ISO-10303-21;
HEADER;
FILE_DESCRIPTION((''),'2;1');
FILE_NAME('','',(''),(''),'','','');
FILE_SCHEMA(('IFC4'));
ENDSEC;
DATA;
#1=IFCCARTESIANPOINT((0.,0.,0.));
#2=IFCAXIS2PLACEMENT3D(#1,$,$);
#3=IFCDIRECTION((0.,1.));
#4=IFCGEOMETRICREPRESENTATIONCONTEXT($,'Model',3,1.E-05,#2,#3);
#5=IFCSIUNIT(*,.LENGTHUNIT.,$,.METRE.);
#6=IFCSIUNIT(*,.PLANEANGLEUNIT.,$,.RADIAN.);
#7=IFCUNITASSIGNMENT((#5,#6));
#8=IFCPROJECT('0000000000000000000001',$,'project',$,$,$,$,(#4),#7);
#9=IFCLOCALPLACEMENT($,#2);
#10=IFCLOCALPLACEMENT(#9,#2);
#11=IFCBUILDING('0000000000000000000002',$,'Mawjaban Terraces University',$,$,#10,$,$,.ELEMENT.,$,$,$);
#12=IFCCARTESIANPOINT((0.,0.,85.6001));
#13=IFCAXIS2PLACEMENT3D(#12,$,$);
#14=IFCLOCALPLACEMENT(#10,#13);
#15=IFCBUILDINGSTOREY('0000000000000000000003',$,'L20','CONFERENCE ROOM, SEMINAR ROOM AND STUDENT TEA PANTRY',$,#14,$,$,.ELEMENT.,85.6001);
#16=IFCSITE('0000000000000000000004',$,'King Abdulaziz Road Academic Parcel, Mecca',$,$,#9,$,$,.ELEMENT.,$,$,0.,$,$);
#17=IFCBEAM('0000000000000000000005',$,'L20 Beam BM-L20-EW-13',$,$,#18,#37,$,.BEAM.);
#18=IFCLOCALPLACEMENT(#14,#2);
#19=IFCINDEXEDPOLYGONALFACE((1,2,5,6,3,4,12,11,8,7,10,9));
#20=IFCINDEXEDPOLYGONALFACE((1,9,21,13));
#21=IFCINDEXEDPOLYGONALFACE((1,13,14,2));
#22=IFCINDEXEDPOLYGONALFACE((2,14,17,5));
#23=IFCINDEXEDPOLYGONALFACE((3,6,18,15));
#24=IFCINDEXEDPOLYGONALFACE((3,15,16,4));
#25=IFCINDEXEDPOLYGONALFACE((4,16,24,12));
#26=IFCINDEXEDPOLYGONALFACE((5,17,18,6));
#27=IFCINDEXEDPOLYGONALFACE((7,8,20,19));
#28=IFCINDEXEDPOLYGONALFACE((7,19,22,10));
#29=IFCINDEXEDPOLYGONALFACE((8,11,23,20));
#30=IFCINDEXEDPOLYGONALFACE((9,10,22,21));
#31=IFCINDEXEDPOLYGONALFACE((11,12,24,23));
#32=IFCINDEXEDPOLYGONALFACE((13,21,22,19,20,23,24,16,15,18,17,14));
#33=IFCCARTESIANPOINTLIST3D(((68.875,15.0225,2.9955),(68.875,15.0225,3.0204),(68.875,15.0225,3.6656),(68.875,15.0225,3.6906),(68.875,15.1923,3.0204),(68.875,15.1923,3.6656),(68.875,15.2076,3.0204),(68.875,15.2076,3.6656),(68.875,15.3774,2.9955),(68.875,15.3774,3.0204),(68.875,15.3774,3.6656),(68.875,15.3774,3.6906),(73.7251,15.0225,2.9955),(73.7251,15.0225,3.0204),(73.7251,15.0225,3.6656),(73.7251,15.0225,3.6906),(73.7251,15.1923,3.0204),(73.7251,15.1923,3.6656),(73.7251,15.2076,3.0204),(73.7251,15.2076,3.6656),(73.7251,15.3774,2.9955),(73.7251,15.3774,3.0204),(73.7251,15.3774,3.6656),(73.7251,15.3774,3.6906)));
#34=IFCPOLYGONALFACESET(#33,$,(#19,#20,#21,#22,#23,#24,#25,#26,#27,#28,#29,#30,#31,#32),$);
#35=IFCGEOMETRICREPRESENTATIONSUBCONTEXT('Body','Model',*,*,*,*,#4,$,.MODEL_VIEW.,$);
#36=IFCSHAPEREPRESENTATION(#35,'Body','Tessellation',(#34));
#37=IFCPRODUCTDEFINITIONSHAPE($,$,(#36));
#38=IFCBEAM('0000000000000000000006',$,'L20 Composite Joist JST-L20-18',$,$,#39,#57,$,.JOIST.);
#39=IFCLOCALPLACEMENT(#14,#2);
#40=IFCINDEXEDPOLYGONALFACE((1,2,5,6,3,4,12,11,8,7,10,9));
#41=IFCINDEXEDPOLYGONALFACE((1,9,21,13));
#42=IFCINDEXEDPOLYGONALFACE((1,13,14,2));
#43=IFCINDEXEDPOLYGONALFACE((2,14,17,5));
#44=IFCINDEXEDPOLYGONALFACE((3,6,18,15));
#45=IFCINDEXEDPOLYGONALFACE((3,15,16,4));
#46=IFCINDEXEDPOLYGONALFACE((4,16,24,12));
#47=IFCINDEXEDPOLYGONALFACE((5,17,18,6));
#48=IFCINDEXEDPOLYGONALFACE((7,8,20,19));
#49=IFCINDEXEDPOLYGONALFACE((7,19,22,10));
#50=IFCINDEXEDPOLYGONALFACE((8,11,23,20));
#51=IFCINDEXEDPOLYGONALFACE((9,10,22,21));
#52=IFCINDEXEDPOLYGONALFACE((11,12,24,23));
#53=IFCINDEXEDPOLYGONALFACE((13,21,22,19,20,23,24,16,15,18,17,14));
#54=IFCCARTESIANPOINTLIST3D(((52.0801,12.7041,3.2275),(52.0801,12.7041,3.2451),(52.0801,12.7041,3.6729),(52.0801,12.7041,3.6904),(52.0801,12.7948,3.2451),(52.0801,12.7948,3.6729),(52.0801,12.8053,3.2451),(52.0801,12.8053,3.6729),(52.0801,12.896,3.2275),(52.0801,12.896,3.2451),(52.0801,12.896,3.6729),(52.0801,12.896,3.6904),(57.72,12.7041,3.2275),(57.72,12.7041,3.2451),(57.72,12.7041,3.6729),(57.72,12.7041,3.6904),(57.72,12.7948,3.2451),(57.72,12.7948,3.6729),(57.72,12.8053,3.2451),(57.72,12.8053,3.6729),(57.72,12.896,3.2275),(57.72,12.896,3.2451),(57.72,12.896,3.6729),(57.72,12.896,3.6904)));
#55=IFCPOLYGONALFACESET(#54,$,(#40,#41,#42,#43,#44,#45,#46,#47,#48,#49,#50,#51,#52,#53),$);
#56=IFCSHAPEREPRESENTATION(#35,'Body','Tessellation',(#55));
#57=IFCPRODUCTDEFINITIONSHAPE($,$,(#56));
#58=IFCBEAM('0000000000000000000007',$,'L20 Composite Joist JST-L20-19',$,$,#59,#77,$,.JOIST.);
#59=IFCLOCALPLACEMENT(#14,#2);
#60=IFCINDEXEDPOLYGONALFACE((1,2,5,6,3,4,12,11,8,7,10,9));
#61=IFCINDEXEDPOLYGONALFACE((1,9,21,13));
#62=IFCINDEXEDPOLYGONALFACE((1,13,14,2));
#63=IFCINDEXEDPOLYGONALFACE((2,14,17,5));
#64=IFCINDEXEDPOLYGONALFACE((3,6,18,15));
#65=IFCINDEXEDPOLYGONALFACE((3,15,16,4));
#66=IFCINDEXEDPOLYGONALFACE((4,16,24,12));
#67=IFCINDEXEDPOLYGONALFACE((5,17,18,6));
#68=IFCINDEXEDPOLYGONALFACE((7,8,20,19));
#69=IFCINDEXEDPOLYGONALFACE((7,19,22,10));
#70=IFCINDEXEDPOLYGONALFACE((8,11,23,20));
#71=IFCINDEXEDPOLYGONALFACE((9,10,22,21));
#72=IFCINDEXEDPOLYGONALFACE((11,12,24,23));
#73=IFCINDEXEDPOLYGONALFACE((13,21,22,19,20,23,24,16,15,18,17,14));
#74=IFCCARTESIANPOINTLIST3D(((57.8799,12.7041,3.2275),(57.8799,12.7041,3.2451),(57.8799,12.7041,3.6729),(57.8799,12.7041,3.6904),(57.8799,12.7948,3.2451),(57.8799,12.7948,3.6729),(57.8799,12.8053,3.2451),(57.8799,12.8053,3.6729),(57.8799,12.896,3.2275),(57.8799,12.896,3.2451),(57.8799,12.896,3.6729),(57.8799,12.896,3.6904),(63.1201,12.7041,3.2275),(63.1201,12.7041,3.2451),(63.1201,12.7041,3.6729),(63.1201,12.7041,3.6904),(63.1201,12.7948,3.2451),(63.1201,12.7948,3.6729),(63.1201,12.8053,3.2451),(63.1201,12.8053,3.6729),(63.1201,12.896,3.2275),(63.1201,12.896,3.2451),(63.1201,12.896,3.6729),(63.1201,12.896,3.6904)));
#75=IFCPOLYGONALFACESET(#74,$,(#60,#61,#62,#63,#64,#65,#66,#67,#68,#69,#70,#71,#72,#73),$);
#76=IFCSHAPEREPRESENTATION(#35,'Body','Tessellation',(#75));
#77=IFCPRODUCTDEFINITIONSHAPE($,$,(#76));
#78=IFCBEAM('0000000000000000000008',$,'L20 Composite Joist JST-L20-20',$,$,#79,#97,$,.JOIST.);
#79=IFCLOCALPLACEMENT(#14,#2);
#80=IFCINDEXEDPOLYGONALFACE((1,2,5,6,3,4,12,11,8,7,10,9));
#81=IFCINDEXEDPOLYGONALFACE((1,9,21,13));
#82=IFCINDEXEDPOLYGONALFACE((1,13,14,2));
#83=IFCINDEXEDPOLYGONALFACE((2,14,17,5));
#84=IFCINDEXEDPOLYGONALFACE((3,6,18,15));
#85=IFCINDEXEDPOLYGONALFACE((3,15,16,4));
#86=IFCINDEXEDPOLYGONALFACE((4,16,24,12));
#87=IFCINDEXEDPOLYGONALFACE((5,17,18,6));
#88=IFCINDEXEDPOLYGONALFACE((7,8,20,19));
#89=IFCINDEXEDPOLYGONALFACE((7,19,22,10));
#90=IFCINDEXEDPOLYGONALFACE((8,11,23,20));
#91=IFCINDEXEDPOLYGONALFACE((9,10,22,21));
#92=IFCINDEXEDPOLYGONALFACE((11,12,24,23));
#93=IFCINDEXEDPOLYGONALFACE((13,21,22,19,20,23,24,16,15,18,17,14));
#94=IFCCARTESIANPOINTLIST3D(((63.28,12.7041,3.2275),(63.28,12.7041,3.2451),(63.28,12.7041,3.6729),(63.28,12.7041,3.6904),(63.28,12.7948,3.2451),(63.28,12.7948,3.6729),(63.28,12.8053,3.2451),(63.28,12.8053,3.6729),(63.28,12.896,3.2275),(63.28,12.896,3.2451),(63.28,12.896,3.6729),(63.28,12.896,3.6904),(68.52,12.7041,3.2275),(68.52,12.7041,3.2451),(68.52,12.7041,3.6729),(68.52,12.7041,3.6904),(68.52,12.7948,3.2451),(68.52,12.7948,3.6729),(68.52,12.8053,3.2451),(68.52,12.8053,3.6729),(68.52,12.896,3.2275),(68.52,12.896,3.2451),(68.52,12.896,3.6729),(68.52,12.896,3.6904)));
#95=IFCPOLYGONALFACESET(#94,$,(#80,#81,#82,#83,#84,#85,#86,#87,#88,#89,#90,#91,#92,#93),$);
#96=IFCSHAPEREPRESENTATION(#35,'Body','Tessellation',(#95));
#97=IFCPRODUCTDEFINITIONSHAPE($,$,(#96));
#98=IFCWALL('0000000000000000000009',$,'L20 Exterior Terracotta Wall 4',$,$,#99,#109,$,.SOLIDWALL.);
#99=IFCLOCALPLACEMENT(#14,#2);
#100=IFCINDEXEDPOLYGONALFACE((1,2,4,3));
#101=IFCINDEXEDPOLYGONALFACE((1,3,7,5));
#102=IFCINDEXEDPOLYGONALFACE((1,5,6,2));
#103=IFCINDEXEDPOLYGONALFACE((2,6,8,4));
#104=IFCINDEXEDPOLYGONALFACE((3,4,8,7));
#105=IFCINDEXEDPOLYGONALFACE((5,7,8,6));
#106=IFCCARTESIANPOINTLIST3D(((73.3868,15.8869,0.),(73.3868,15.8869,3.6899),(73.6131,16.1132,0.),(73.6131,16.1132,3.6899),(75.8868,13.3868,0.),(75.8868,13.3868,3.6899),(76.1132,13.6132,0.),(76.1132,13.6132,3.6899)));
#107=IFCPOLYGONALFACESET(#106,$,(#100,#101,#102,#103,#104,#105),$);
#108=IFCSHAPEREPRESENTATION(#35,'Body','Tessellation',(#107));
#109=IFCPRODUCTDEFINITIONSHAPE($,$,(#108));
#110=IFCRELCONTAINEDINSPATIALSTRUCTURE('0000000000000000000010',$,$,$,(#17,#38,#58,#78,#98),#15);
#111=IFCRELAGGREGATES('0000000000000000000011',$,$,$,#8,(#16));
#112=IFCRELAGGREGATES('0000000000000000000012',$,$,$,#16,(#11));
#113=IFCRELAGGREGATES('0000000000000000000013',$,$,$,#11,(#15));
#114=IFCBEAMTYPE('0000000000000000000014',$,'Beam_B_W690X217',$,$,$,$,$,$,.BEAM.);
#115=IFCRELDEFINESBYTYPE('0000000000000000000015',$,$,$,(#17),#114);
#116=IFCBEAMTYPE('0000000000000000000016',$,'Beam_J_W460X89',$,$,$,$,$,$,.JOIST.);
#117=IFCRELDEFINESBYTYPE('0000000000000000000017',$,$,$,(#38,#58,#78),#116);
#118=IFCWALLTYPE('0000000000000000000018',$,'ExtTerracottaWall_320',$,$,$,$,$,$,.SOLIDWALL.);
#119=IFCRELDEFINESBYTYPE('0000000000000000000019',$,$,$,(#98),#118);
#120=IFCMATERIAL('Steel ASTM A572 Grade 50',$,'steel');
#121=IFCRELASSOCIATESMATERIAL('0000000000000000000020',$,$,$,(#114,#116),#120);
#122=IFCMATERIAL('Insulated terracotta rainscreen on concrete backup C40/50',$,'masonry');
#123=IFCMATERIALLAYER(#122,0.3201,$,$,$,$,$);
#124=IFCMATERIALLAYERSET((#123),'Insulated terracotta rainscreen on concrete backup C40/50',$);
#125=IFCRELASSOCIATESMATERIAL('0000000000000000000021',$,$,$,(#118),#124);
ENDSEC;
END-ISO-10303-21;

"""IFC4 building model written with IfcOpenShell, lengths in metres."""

from ifc_helpers import new_model, si_unit, direction, frame, frame_2d, origin, origin_2d, place, context, subcontext, project, spatial, rectangle, i_section, extrude, material, layer, layer_set, material_profile, profile_set, type_object, element, save


model = new_model("IFC4")

# Units and contexts
model_context = context("Model", 3, precision=1e-05, world=origin(), true_north=direction((0.0, 1.0)))
body_context = subcontext(model_context, "Body", "Model", "MODEL_VIEW")
ifc_project = project(units=[si_unit("LENGTHUNIT", "METRE"), si_unit("PLANEANGLEUNIT", "RADIAN")], contexts=[model_context])

# Site, building, storey
site_placement = place(None, origin())
site = spatial("IfcSite", under=ifc_project, at=site_placement, Name="King Abdulaziz Road Academic Parcel, Mecca", CompositionType="ELEMENT", RefElevation=0.0)
building_placement = place(site_placement, origin())
building = spatial("IfcBuilding", under=site, at=building_placement, Name="Mawjaban Terraces University", CompositionType="ELEMENT")
storey_placement = place(building_placement, frame((0.0, 0.0, 85.6001)))
storey = spatial("IfcBuildingStorey", under=building, at=storey_placement, Name="L20", Description="CONFERENCE ROOM, SEMINAR ROOM AND STUDENT TEA PANTRY", CompositionType="ELEMENT", Elevation=85.6001)

# Beams
ifc_material_1 = material(Name="Steel ASTM A572 Grade 50", Category="steel")
ifc_material_profile_1 = material_profile(ifc_material_1, i_section(OverallWidth=0.355, OverallDepth=0.6951, WebThickness=0.0154, FlangeThickness=0.0249, at=origin_2d()), Name="W690X217")
ifc_profile_set_1 = profile_set([ifc_material_profile_1], Name="Steel ASTM A572 Grade 50")
beam_type_1 = type_object("IfcBeamType", Name="Beam_B_W690X217", PredefinedType="BEAM", material=ifc_profile_set_1)
beam_1_placement = place(storey_placement, frame((68.875, 15.2, 3.343), z_axis=(1.0, 0.0, 0.0), x_axis=(0.0, 1.0, 0.0)))
element("IfcBeam", 1, at=beam_1_placement, inside=storey, type_object=beam_type_1, Name="L20 Beam BM-L20-EW-13", PredefinedType="BEAM", context=body_context, shape_type="SweptSolid", body=[
    extrude(i_section(OverallWidth=0.355, OverallDepth=0.6951, WebThickness=0.0154, FlangeThickness=0.0249, at=origin_2d()), origin(), (0.0, 0.0, 1.0), 4.8501),
])
ifc_material_profile_2 = material_profile(ifc_material_1, i_section(OverallWidth=0.1919, OverallDepth=0.4629, WebThickness=0.0105, FlangeThickness=0.0176, at=origin_2d()), Name="W460X89")
ifc_profile_set_2 = profile_set([ifc_material_profile_2], Name="Steel ASTM A572 Grade 50")
beam_type_2 = type_object("IfcBeamType", Name="Beam_J_W460X89", PredefinedType="JOIST", material=ifc_profile_set_2)
beam_2_placement = place(storey_placement, frame((52.0801, 12.8, 3.459), z_axis=(1.0, 0.0, 0.0), x_axis=(0.0, 1.0, 0.0)))
element("IfcBeam", 2, at=beam_2_placement, inside=storey, type_object=beam_type_2, Name="L20 Composite Joist JST-L20-18", PredefinedType="JOIST", context=body_context, shape_type="SweptSolid", body=[
    extrude(i_section(OverallWidth=0.1919, OverallDepth=0.4629, WebThickness=0.0105, FlangeThickness=0.0176, at=origin_2d()), origin(), (0.0, 0.0, 1.0), 5.6399),
])
beam_3_placement = place(storey_placement, frame((57.8799, 12.8, 3.459), z_axis=(1.0, 0.0, 0.0), x_axis=(0.0, 1.0, 0.0)))
element("IfcBeam", 3, at=beam_3_placement, inside=storey, type_object=beam_type_2, Name="L20 Composite Joist JST-L20-19", PredefinedType="JOIST", context=body_context, shape_type="SweptSolid", body=[
    extrude(i_section(OverallWidth=0.1919, OverallDepth=0.4629, WebThickness=0.0105, FlangeThickness=0.0176, at=origin_2d()), origin(), (0.0, 0.0, 1.0), 5.2402),
])
beam_4_placement = place(storey_placement, frame((63.28, 12.8, 3.459), z_axis=(1.0, 0.0, 0.0), x_axis=(0.0, 1.0, 0.0)))
element("IfcBeam", 4, at=beam_4_placement, inside=storey, type_object=beam_type_2, Name="L20 Composite Joist JST-L20-20", PredefinedType="JOIST", context=body_context, shape_type="SweptSolid", body=[
    extrude(i_section(OverallWidth=0.1919, OverallDepth=0.4629, WebThickness=0.0105, FlangeThickness=0.0176, at=origin_2d()), origin(), (0.0, 0.0, 1.0), 5.24),
])

# Wall
ifc_material_2 = material(Name="Insulated terracotta rainscreen on concrete backup C40/50", Category="masonry")
ifc_layer_1 = layer(ifc_material_2, 0.3201)
ifc_layer_set_1 = layer_set([ifc_layer_1], Name="Insulated terracotta rainscreen on concrete backup C40/50")
wall_type_1 = type_object("IfcWallType", Name="ExtTerracottaWall_320", PredefinedType="SOLIDWALL", material=ifc_layer_set_1)
wall_1_placement = place(storey_placement, frame((76.0, 13.5, 0.0), z_axis=(0.0, 0.0, 1.0), x_axis=(-0.707107, 0.707107, 0.0)))
element("IfcWall", 5, at=wall_1_placement, inside=storey, type_object=wall_type_1, Name="L20 Exterior Terracotta Wall 4", PredefinedType="SOLIDWALL", context=body_context, shape_type="SweptSolid", body=[
    extrude(rectangle(XDim=3.5356, YDim=0.3201, at=frame_2d((1.7678, 0.0))), origin(), (0.0, 0.0, 1.0), 3.6899),
])

save(model, "model.ifc")
